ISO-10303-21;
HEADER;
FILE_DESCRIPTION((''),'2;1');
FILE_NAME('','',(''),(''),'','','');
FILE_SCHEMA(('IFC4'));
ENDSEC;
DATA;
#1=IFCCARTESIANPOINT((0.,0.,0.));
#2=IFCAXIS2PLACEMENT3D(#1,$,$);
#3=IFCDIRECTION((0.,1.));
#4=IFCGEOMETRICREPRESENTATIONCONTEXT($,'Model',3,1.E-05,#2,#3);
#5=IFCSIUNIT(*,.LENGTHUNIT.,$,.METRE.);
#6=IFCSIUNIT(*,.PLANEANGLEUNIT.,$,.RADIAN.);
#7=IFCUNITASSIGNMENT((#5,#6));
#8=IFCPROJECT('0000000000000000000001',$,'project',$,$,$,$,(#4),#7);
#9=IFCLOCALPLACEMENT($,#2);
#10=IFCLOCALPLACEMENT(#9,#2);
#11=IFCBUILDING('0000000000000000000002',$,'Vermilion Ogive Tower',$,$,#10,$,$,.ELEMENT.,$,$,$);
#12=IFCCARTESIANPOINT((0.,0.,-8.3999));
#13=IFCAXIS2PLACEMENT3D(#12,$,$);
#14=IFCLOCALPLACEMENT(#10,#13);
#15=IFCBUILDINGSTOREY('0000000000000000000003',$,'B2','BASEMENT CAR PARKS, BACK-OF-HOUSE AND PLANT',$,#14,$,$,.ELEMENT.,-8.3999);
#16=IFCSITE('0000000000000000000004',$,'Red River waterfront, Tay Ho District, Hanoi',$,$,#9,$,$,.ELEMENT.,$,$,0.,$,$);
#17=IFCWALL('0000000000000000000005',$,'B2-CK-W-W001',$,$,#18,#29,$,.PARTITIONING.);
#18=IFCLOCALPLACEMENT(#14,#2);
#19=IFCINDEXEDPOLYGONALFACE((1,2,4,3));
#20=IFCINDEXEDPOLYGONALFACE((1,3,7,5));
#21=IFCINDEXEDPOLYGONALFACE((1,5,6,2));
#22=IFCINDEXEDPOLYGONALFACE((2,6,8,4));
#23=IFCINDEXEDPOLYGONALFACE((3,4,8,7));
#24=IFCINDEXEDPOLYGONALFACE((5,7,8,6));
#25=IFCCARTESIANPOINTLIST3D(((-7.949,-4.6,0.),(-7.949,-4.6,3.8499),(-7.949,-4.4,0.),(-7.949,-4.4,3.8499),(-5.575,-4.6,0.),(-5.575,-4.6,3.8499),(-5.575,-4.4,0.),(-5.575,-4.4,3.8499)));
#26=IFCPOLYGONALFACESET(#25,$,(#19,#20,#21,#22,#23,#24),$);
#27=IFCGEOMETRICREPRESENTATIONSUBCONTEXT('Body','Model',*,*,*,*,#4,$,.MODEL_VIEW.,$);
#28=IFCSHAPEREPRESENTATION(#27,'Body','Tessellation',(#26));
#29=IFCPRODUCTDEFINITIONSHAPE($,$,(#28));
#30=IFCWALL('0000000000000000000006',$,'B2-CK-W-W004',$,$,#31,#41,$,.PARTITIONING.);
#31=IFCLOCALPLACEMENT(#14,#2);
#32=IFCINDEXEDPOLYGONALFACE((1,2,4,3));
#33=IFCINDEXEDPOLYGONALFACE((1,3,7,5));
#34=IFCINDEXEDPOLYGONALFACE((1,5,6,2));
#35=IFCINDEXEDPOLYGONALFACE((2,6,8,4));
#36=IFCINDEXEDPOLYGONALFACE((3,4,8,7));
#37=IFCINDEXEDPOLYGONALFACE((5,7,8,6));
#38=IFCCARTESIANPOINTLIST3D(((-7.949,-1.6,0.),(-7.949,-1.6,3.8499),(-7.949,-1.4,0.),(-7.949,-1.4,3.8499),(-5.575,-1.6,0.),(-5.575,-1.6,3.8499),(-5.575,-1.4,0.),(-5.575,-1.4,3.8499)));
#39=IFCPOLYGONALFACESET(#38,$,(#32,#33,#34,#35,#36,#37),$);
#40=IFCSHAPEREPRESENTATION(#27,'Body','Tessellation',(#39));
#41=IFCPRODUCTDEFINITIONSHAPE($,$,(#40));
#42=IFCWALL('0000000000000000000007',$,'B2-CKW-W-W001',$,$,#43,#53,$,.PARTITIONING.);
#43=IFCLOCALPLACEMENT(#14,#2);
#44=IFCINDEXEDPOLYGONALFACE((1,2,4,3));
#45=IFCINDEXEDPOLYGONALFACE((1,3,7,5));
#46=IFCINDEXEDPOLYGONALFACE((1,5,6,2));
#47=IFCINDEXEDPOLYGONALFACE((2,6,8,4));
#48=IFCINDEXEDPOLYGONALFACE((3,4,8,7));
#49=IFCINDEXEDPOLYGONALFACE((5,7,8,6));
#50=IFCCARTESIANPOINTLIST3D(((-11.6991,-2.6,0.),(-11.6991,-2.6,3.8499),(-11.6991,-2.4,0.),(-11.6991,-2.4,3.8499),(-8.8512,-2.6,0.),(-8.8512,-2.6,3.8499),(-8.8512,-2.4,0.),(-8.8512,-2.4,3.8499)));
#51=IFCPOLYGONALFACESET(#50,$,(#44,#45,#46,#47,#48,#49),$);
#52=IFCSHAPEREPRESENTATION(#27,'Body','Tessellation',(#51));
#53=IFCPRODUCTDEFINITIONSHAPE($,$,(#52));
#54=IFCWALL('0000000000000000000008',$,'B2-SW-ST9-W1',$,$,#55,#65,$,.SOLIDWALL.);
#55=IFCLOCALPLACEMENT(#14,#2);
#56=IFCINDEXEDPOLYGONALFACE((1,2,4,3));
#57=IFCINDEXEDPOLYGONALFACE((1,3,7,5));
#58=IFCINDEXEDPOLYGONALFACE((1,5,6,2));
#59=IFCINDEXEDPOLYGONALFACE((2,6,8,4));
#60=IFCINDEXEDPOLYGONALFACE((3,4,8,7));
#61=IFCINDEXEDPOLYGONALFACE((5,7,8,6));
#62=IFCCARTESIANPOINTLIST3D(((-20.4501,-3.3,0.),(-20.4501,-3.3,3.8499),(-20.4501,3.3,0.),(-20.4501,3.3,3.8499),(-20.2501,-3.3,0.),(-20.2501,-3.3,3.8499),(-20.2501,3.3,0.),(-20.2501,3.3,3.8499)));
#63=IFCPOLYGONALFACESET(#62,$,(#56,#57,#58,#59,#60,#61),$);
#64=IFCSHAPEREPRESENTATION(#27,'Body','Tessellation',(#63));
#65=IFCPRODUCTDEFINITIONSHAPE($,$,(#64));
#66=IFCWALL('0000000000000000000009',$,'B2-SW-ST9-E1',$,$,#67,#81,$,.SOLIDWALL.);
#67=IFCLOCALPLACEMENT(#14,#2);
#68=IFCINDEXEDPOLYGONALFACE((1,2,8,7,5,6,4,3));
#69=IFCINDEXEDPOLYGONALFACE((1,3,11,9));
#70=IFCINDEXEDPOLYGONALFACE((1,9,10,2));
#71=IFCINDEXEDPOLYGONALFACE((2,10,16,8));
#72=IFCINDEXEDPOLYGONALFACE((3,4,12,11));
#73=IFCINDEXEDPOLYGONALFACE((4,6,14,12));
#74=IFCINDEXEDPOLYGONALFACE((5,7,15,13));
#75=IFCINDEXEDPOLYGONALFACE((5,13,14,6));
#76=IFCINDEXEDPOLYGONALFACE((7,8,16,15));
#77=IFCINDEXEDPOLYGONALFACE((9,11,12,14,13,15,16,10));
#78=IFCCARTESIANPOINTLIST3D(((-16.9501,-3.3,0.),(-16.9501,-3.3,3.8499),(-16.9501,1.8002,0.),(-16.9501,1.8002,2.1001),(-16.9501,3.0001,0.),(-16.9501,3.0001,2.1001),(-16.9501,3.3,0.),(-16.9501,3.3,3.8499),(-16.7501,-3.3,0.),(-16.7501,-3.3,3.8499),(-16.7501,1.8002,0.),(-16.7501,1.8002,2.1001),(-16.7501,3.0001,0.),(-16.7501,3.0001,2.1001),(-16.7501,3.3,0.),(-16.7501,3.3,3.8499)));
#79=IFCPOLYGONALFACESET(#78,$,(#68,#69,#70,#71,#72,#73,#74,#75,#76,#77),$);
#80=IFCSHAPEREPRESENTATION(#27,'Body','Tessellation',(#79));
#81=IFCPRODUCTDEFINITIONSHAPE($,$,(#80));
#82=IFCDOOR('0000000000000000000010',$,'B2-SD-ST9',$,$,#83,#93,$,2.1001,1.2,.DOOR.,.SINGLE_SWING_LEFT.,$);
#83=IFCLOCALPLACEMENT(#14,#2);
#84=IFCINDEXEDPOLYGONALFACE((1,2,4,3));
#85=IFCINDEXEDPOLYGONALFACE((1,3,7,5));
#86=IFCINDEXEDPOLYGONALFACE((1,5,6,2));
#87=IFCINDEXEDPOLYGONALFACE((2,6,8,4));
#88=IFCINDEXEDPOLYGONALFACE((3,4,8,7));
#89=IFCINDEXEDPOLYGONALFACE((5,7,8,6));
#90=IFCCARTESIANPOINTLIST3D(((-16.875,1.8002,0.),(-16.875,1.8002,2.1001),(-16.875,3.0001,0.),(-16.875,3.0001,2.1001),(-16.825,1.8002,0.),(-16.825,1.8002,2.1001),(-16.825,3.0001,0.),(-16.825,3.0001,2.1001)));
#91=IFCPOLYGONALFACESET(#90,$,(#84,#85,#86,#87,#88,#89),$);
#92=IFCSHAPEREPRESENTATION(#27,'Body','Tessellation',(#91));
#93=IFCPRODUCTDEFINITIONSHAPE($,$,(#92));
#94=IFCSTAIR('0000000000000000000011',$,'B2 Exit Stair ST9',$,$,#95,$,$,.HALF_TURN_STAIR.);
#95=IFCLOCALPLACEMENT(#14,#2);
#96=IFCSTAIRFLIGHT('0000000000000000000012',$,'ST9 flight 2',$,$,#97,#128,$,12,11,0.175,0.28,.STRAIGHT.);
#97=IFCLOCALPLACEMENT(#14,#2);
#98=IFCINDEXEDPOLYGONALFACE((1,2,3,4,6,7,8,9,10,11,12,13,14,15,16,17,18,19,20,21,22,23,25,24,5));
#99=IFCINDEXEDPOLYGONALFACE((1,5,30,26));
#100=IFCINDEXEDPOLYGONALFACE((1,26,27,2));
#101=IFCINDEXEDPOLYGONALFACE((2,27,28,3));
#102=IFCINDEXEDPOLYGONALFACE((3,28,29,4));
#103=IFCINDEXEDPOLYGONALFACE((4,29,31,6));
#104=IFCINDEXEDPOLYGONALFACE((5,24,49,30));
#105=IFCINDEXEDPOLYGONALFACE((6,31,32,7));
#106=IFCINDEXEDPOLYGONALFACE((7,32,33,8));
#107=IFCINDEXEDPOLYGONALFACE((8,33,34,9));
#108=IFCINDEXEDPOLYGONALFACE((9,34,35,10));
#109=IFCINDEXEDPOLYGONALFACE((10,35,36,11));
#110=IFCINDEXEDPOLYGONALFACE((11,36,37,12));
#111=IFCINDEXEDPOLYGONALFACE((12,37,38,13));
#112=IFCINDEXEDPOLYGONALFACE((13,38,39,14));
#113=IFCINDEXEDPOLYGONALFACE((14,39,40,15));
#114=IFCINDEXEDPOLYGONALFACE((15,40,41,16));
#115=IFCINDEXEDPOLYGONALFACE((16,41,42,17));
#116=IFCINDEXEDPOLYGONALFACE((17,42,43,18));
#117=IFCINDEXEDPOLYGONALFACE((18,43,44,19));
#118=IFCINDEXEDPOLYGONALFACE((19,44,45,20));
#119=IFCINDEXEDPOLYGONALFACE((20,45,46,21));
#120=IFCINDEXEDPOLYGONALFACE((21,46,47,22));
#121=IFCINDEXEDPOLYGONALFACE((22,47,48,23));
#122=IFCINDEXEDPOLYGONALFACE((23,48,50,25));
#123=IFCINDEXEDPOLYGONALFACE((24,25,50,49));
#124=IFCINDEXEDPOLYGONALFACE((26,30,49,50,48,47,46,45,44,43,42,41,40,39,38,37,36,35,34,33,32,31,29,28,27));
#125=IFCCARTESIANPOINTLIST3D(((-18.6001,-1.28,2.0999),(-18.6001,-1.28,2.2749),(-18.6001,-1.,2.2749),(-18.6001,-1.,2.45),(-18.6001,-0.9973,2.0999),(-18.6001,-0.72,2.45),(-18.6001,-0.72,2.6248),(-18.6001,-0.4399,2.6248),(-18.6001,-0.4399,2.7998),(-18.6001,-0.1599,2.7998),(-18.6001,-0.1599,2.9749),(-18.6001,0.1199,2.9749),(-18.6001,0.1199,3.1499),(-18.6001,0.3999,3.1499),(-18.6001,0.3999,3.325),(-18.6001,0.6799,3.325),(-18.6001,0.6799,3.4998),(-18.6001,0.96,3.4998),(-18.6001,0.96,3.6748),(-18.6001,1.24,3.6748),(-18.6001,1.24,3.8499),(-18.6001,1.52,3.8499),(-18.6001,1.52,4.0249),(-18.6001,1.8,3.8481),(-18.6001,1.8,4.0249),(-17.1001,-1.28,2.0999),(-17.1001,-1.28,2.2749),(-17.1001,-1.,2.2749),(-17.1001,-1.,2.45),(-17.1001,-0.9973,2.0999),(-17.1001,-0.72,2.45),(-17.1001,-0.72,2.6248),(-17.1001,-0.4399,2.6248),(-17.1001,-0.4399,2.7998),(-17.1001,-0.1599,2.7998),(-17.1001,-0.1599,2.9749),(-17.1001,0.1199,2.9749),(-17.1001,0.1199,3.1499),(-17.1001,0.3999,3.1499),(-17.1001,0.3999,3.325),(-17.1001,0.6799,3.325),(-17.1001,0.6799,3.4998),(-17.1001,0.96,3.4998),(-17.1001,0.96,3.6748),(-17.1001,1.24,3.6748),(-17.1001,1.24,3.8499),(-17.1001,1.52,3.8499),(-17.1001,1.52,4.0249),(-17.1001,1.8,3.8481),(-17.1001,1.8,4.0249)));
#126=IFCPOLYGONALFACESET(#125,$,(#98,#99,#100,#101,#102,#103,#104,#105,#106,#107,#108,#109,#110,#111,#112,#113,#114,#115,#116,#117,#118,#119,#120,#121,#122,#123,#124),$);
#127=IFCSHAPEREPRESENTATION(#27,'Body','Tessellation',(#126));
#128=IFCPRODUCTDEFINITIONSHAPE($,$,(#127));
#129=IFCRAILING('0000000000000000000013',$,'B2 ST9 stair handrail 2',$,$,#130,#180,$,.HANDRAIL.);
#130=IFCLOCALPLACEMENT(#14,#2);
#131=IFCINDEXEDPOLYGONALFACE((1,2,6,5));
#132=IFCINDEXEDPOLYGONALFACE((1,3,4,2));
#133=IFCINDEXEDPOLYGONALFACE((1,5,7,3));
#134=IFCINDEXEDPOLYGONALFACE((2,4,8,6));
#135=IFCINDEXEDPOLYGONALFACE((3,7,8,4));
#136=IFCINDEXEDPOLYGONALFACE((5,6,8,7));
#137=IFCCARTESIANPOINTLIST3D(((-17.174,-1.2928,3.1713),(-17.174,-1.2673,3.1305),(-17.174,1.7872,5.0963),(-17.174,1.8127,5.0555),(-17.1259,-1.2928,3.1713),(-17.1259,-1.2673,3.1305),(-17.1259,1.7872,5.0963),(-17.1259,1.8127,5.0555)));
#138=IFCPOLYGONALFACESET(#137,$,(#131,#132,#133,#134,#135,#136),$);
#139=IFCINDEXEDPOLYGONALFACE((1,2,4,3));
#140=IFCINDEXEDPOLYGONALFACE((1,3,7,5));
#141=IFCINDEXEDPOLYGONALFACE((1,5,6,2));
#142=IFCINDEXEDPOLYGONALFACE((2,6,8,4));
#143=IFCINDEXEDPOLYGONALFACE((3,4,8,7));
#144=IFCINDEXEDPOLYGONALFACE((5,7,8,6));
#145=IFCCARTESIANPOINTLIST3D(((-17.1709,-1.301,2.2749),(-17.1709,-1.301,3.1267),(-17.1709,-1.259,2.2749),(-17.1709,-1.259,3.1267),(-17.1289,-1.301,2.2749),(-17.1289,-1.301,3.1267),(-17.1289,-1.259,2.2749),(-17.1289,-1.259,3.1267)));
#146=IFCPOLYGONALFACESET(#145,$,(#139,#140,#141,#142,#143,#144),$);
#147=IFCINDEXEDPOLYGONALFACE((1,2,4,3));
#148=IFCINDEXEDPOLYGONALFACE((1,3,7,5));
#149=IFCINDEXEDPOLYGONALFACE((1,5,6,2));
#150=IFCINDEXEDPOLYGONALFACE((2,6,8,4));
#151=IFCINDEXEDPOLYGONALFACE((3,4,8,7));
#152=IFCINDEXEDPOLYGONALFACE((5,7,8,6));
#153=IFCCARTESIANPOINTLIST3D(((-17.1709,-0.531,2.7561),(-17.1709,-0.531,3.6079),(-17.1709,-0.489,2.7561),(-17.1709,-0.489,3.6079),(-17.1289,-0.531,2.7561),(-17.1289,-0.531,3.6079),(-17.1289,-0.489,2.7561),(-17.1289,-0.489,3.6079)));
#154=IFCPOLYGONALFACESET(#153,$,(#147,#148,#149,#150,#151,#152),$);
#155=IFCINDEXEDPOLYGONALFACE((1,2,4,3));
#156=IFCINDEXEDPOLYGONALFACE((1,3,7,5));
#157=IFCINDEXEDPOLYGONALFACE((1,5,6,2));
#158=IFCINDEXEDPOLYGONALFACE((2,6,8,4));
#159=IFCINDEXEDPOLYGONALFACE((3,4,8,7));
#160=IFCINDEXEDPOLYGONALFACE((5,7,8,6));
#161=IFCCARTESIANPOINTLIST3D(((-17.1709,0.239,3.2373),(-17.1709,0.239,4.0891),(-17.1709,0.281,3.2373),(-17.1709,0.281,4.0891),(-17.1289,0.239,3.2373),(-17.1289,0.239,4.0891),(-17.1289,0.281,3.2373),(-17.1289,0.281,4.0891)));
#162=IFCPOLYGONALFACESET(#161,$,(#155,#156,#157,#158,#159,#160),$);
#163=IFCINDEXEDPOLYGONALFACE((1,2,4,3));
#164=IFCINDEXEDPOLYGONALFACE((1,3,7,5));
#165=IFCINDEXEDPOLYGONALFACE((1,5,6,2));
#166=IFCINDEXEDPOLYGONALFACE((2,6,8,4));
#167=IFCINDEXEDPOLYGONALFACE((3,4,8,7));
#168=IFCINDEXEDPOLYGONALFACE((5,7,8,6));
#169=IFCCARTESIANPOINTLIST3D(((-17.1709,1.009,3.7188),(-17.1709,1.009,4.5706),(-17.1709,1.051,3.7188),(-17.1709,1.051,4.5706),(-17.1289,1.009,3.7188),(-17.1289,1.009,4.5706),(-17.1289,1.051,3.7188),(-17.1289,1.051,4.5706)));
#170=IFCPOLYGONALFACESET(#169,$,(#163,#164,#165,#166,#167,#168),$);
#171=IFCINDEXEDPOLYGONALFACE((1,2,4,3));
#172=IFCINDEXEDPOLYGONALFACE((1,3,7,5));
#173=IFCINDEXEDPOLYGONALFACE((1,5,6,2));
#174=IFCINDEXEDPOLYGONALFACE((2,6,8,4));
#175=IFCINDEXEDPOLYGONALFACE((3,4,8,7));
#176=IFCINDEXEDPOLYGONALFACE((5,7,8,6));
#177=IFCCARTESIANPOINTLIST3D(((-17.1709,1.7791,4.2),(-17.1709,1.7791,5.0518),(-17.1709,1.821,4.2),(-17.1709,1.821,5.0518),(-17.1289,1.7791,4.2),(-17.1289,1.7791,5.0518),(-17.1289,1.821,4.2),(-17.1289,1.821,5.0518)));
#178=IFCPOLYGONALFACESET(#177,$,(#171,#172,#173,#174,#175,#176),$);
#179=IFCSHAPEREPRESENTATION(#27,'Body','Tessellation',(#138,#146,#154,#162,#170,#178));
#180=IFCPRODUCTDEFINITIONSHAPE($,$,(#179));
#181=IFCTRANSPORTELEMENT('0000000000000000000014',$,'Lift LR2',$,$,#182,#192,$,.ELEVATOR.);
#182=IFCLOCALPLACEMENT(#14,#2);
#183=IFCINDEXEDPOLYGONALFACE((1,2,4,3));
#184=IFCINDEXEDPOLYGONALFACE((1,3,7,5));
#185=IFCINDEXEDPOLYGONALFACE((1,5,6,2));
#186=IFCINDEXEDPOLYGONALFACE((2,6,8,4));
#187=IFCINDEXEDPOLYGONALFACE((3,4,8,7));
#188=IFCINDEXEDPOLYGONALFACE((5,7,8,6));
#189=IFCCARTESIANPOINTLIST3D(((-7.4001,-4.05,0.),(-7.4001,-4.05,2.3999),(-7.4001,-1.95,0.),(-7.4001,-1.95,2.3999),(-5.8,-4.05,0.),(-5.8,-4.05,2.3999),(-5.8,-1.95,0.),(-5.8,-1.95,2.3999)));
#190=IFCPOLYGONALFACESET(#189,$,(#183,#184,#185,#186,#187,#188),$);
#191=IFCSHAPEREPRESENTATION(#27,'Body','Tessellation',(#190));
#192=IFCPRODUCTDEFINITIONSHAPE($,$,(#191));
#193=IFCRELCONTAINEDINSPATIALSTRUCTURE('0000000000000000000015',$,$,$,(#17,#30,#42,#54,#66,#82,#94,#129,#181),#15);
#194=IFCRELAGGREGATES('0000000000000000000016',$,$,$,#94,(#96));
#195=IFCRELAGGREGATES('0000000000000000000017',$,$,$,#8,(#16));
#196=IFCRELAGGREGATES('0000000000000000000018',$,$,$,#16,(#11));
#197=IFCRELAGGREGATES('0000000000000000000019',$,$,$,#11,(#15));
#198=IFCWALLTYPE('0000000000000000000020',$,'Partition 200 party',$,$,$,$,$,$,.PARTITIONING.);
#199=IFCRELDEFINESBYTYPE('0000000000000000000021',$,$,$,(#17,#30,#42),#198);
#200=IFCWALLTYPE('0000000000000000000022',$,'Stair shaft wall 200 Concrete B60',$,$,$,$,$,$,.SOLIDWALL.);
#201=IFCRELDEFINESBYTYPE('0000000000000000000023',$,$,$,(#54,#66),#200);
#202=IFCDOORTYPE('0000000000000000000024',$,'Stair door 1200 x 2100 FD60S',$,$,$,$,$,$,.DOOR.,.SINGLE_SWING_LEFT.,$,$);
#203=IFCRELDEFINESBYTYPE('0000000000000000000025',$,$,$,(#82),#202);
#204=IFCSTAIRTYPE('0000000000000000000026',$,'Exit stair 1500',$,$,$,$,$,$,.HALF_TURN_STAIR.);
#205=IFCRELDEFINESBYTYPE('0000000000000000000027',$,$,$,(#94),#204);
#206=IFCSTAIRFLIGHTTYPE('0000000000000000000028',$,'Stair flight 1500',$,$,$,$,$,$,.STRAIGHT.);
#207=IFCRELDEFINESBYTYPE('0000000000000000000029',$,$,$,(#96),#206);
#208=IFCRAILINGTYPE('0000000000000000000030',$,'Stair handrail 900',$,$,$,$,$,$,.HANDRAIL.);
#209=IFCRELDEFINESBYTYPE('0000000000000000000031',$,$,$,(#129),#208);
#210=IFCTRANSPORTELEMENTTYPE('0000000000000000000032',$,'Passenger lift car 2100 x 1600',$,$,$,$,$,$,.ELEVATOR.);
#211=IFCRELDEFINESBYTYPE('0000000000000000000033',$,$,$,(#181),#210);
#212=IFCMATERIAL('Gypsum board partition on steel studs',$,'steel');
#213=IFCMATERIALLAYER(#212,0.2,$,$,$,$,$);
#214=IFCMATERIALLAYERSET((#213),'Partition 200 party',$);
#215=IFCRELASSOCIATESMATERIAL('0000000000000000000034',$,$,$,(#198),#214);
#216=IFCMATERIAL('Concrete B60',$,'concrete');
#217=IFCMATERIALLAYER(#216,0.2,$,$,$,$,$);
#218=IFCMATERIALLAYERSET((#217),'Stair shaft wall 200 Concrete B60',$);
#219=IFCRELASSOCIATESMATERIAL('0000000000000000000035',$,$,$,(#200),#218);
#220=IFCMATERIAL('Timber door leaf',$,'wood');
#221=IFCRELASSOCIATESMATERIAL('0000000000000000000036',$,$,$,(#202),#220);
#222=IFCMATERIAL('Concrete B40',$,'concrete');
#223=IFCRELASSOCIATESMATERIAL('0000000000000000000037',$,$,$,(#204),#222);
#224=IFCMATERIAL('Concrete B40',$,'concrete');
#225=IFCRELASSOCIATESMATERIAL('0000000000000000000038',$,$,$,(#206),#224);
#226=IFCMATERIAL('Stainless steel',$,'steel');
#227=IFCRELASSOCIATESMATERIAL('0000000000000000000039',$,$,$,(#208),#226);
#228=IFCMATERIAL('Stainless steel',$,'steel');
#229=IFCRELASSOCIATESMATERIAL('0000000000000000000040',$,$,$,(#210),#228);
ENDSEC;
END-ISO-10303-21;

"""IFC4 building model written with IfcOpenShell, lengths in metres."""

from ifc_helpers import new_model, si_unit, direction, frame, frame_2d, origin, origin_2d, place, context, subcontext, project, spatial, polyline, rectangle, outline, extrude, material, layer, layer_set, type_object, element, fill, aggregate, save


model = new_model("IFC4")

# Units and contexts
model_context = context("Model", 3, precision=1e-05, world=origin(), true_north=direction((0.0, 1.0)))
body_context = subcontext(model_context, "Body", "Model", "MODEL_VIEW")
ifc_project = project(units=[si_unit("LENGTHUNIT", "METRE"), si_unit("PLANEANGLEUNIT", "RADIAN")], contexts=[model_context])

# Site, building, storey
site_placement = place(None, origin())
site = spatial("IfcSite", under=ifc_project, at=site_placement, Name="Red River waterfront, Tay Ho District, Hanoi", CompositionType="ELEMENT", RefElevation=0.0)
building_placement = place(site_placement, origin())
building = spatial("IfcBuilding", under=site, at=building_placement, Name="Vermilion Ogive Tower", CompositionType="ELEMENT")
storey_placement = place(building_placement, frame((0.0, 0.0, -8.3999)))
storey = spatial("IfcBuildingStorey", under=building, at=storey_placement, Name="B2", Description="BASEMENT CAR PARKS, BACK-OF-HOUSE AND PLANT", CompositionType="ELEMENT", Elevation=-8.3999)

# Walls
ifc_material_1 = material(Name="Gypsum board partition on steel studs", Category="steel")
ifc_layer_1 = layer(ifc_material_1, 0.2)
ifc_layer_set_1 = layer_set([ifc_layer_1], Name="Partition 200 party")
wall_type_1 = type_object("IfcWallType", Name="Partition 200 party", PredefinedType="PARTITIONING", material=ifc_layer_set_1)
for number, where, z_axis, x_axis, name in (
    (1, (-7.949, -4.5, 0.0), (0.0, 0.0, 1.0), (1.0, 0.0, 0.0), "B2-CK-W-W001"),
    (2, (-7.949, -1.5, 0.0), (0.0, 0.0, 1.0), (1.0, 0.0, 0.0), "B2-CK-W-W004"),
):
    element("IfcWall", number, at=place(storey_placement, frame(where, z_axis=z_axis, x_axis=x_axis)), inside=storey, type_object=wall_type_1, Name=name, PredefinedType="PARTITIONING", context=body_context, shape_type="SweptSolid", body=[
        extrude(rectangle(XDim=2.374, YDim=0.2, at=frame_2d((1.187, 0.0))), origin(), (0.0, 0.0, 1.0), 3.8499),
    ])
wall_1_placement = place(storey_placement, frame((-11.699, -2.5, 0.0), z_axis=(0.0, 0.0, 1.0), x_axis=(1.0, 0.0, 0.0)))
element("IfcWall", 3, at=wall_1_placement, inside=storey, type_object=wall_type_1, Name="B2-CKW-W-W001", PredefinedType="PARTITIONING", context=body_context, shape_type="SweptSolid", body=[
    extrude(rectangle(XDim=2.8479, YDim=0.2, at=frame_2d((1.4238, 0.0))), origin(), (0.0, 0.0, 1.0), 3.8499),
])
ifc_material_2 = material(Name="Concrete B60", Category="concrete")
ifc_layer_2 = layer(ifc_material_2, 0.2)
ifc_layer_set_2 = layer_set([ifc_layer_2], Name="Stair shaft wall 200 Concrete B60")
wall_type_2 = type_object("IfcWallType", Name="Stair shaft wall 200 Concrete B60", PredefinedType="SOLIDWALL", material=ifc_layer_set_2)
wall_2_placement = place(storey_placement, frame((-20.3501, -3.3, 0.0), z_axis=(0.0, 0.0, 1.0), x_axis=(0.0, 1.0, 0.0)))
element("IfcWall", 4, at=wall_2_placement, inside=storey, type_object=wall_type_2, Name="B2-SW-ST9-W1", PredefinedType="SOLIDWALL", context=body_context, shape_type="SweptSolid", body=[
    extrude(rectangle(XDim=6.6001, YDim=0.2, at=frame_2d((3.3, 0.0))), origin(), (0.0, 0.0, 1.0), 3.8499),
])

# Wall, opening, door
wall_3_placement = place(storey_placement, frame((-16.8501, -3.3, 0.0), z_axis=(0.0, 0.0, 1.0), x_axis=(0.0, 1.0, 0.0)))
wall_3 = element("IfcWall", 5, at=wall_3_placement, inside=storey, type_object=wall_type_2, Name="B2-SW-ST9-E1", PredefinedType="SOLIDWALL", context=body_context, shape_type="SweptSolid", body=[
    extrude(rectangle(XDim=6.6001, YDim=0.2, at=frame_2d((3.3, 0.0))), origin(), (0.0, 0.0, 1.0), 3.8499),
])
opening_1_placement = place(wall_3_placement, frame((5.1001, 0.0, 0.0)))
opening_1 = element("IfcOpeningElement", 6, at=opening_1_placement, cuts=wall_3, PredefinedType="OPENING", context=body_context, shape_type="SweptSolid", body=[
    extrude(rectangle(XDim=1.2, YDim=2.1001, at=frame_2d((0.6001, 1.05))), frame((0.0, 0.1099, 0.0), z_axis=(0.0, -1.0, 0.0), x_axis=(1.0, 0.0, 0.0)), (0.0, 0.0, 1.0), 0.22),
])
ifc_material_3 = material(Name="Timber door leaf", Category="wood")
door_type_1 = type_object("IfcDoorType", Name="Stair door 1200 x 2100 FD60S", OperationType="SINGLE_SWING_LEFT", PredefinedType="DOOR", material=ifc_material_3)
door_1_placement = place(opening_1_placement, origin())
door_1 = element("IfcDoor", 7, at=door_1_placement, inside=storey, type_object=door_type_1, Name="B2-SD-ST9", OperationType="SINGLE_SWING_LEFT", OverallHeight=2.1001, OverallWidth=1.2, PredefinedType="DOOR", context=body_context, shape_type="SweptSolid", body=[
    extrude(rectangle(XDim=1.2, YDim=2.1001, at=frame_2d((0.6001, 1.05))), frame((0.0, 0.0249, 0.0), z_axis=(0.0, -1.0, 0.0), x_axis=(1.0, 0.0, 0.0)), (0.0, 0.0, 1.0), 0.05),
])
fill(opening_1, door_1)

# Stair, stair flight
ifc_material_4 = material(Name="Concrete B40", Category="concrete")
stair_type = type_object("IfcStairType", Name="Exit stair 1500", PredefinedType="HALF_TURN_STAIR", material=ifc_material_4)
stair_placement = place(storey_placement, origin())
stair = element("IfcStair", 8, at=stair_placement, inside=storey, type_object=stair_type, Name="B2 Exit Stair ST9", PredefinedType="HALF_TURN_STAIR")
ifc_material_5 = material(Name="Concrete B40", Category="concrete")
stair_flight_type = type_object("IfcStairFlightType", Name="Stair flight 1500", PredefinedType="STRAIGHT", material=ifc_material_5)
stair_flight_placement = place(storey_placement, frame((-17.8501, -1.28, 2.0999), z_axis=(0.0, 0.0, 1.0), x_axis=(0.0, 1.0, 0.0)))
stair_flight = element("IfcStairFlight", 9, at=stair_flight_placement, type_object=stair_flight_type, Name="ST9 flight 2", NumberOfRisers=12, NumberOfTreads=11, PredefinedType="STRAIGHT", RiserHeight=0.175, TreadLength=0.28, context=body_context, shape_type="SweptSolid", body=[
    extrude(outline(polyline([(0.0, 0.0), (0.0, 0.175), (0.28, 0.175), (0.28, 0.3501), (0.5601, 0.3501), (0.5601, 0.5249), (0.8401, 0.5249), (0.8401, 0.7), (1.1201, 0.7), (1.1201, 0.875), (1.3999, 0.875), (1.3999, 1.05), (1.6799, 1.05), (1.6799, 1.2251), (1.96, 1.2251), (1.96, 1.3999), (2.24, 1.3999), (2.24, 1.575), (2.52, 1.575), (2.52, 1.75), (2.8, 1.75), (2.8, 1.925), (3.0801, 1.925), (3.0801, 2.1001), (3.0801, 1.7483), (0.2827, 0.0), (0.0, 0.0)])), frame((0.0, 0.75, 0.0), z_axis=(0.0, -1.0, 0.0), x_axis=(1.0, 0.0, 0.0)), (0.0, 0.0, 1.0), 1.5),
])
aggregate(stair, [stair_flight])

# Railing
ifc_material_6 = material(Name="Stainless steel", Category="steel")
railing_type = type_object("IfcRailingType", Name="Stair handrail 900", PredefinedType="HANDRAIL", material=ifc_material_6)
railing_placement = place(storey_placement, frame((-17.1499, -1.28, 2.2749)))
element("IfcRailing", 10, at=railing_placement, inside=storey, type_object=railing_type, Name="B2 ST9 stair handrail 2", PredefinedType="HANDRAIL", context=body_context, shape_type="SweptSolid", body=[
    extrude(rectangle(XDim=0.0481, YDim=0.0481, at=origin_2d()), frame((0.0, 0.0, 0.876), z_axis=(0.0, 0.847998, 0.529999), x_axis=(-1.0, 0.0, 0.0)), (0.0, 0.0, 1.0), 3.6321),
    extrude(rectangle(XDim=0.042, YDim=0.042, at=origin_2d()), origin(), (0.0, 0.0, 1.0), 0.8518),
    extrude(rectangle(XDim=0.042, YDim=0.042, at=origin_2d()), frame((0.0, 0.77, 0.4812)), (0.0, 0.0, 1.0), 0.8518),
    extrude(rectangle(XDim=0.042, YDim=0.042, at=origin_2d()), frame((0.0, 1.54, 0.9624)), (0.0, 0.0, 1.0), 0.8518),
    extrude(rectangle(XDim=0.042, YDim=0.042, at=origin_2d()), frame((0.0, 2.3101, 1.4438)), (0.0, 0.0, 1.0), 0.8518),
    extrude(rectangle(XDim=0.042, YDim=0.042, at=origin_2d()), frame((0.0, 3.0801, 1.925)), (0.0, 0.0, 1.0), 0.8518),
])

# Transport element
ifc_material_7 = material(Name="Stainless steel", Category="steel")
transport_element_type = type_object("IfcTransportElementType", Name="Passenger lift car 2100 x 1600", PredefinedType="ELEVATOR", material=ifc_material_7)
for number, where, z_axis, x_axis, name in (
    (11, (-6.6001, -3.0, 0.0), (0.0, 0.0, 1.0), (1.0, 0.0, 0.0), "Lift LR2"),
):
    element("IfcTransportElement", number, at=place(storey_placement, frame(where, z_axis=z_axis, x_axis=x_axis)), inside=storey, type_object=transport_element_type, Name=name, PredefinedType="ELEVATOR", context=body_context, shape_type="SweptSolid", body=[
        extrude(rectangle(XDim=1.6001, YDim=2.1001, at=origin_2d()), origin(), (0.0, 0.0, 1.0), 2.3999),
    ])

save(model, "model.ifc")
